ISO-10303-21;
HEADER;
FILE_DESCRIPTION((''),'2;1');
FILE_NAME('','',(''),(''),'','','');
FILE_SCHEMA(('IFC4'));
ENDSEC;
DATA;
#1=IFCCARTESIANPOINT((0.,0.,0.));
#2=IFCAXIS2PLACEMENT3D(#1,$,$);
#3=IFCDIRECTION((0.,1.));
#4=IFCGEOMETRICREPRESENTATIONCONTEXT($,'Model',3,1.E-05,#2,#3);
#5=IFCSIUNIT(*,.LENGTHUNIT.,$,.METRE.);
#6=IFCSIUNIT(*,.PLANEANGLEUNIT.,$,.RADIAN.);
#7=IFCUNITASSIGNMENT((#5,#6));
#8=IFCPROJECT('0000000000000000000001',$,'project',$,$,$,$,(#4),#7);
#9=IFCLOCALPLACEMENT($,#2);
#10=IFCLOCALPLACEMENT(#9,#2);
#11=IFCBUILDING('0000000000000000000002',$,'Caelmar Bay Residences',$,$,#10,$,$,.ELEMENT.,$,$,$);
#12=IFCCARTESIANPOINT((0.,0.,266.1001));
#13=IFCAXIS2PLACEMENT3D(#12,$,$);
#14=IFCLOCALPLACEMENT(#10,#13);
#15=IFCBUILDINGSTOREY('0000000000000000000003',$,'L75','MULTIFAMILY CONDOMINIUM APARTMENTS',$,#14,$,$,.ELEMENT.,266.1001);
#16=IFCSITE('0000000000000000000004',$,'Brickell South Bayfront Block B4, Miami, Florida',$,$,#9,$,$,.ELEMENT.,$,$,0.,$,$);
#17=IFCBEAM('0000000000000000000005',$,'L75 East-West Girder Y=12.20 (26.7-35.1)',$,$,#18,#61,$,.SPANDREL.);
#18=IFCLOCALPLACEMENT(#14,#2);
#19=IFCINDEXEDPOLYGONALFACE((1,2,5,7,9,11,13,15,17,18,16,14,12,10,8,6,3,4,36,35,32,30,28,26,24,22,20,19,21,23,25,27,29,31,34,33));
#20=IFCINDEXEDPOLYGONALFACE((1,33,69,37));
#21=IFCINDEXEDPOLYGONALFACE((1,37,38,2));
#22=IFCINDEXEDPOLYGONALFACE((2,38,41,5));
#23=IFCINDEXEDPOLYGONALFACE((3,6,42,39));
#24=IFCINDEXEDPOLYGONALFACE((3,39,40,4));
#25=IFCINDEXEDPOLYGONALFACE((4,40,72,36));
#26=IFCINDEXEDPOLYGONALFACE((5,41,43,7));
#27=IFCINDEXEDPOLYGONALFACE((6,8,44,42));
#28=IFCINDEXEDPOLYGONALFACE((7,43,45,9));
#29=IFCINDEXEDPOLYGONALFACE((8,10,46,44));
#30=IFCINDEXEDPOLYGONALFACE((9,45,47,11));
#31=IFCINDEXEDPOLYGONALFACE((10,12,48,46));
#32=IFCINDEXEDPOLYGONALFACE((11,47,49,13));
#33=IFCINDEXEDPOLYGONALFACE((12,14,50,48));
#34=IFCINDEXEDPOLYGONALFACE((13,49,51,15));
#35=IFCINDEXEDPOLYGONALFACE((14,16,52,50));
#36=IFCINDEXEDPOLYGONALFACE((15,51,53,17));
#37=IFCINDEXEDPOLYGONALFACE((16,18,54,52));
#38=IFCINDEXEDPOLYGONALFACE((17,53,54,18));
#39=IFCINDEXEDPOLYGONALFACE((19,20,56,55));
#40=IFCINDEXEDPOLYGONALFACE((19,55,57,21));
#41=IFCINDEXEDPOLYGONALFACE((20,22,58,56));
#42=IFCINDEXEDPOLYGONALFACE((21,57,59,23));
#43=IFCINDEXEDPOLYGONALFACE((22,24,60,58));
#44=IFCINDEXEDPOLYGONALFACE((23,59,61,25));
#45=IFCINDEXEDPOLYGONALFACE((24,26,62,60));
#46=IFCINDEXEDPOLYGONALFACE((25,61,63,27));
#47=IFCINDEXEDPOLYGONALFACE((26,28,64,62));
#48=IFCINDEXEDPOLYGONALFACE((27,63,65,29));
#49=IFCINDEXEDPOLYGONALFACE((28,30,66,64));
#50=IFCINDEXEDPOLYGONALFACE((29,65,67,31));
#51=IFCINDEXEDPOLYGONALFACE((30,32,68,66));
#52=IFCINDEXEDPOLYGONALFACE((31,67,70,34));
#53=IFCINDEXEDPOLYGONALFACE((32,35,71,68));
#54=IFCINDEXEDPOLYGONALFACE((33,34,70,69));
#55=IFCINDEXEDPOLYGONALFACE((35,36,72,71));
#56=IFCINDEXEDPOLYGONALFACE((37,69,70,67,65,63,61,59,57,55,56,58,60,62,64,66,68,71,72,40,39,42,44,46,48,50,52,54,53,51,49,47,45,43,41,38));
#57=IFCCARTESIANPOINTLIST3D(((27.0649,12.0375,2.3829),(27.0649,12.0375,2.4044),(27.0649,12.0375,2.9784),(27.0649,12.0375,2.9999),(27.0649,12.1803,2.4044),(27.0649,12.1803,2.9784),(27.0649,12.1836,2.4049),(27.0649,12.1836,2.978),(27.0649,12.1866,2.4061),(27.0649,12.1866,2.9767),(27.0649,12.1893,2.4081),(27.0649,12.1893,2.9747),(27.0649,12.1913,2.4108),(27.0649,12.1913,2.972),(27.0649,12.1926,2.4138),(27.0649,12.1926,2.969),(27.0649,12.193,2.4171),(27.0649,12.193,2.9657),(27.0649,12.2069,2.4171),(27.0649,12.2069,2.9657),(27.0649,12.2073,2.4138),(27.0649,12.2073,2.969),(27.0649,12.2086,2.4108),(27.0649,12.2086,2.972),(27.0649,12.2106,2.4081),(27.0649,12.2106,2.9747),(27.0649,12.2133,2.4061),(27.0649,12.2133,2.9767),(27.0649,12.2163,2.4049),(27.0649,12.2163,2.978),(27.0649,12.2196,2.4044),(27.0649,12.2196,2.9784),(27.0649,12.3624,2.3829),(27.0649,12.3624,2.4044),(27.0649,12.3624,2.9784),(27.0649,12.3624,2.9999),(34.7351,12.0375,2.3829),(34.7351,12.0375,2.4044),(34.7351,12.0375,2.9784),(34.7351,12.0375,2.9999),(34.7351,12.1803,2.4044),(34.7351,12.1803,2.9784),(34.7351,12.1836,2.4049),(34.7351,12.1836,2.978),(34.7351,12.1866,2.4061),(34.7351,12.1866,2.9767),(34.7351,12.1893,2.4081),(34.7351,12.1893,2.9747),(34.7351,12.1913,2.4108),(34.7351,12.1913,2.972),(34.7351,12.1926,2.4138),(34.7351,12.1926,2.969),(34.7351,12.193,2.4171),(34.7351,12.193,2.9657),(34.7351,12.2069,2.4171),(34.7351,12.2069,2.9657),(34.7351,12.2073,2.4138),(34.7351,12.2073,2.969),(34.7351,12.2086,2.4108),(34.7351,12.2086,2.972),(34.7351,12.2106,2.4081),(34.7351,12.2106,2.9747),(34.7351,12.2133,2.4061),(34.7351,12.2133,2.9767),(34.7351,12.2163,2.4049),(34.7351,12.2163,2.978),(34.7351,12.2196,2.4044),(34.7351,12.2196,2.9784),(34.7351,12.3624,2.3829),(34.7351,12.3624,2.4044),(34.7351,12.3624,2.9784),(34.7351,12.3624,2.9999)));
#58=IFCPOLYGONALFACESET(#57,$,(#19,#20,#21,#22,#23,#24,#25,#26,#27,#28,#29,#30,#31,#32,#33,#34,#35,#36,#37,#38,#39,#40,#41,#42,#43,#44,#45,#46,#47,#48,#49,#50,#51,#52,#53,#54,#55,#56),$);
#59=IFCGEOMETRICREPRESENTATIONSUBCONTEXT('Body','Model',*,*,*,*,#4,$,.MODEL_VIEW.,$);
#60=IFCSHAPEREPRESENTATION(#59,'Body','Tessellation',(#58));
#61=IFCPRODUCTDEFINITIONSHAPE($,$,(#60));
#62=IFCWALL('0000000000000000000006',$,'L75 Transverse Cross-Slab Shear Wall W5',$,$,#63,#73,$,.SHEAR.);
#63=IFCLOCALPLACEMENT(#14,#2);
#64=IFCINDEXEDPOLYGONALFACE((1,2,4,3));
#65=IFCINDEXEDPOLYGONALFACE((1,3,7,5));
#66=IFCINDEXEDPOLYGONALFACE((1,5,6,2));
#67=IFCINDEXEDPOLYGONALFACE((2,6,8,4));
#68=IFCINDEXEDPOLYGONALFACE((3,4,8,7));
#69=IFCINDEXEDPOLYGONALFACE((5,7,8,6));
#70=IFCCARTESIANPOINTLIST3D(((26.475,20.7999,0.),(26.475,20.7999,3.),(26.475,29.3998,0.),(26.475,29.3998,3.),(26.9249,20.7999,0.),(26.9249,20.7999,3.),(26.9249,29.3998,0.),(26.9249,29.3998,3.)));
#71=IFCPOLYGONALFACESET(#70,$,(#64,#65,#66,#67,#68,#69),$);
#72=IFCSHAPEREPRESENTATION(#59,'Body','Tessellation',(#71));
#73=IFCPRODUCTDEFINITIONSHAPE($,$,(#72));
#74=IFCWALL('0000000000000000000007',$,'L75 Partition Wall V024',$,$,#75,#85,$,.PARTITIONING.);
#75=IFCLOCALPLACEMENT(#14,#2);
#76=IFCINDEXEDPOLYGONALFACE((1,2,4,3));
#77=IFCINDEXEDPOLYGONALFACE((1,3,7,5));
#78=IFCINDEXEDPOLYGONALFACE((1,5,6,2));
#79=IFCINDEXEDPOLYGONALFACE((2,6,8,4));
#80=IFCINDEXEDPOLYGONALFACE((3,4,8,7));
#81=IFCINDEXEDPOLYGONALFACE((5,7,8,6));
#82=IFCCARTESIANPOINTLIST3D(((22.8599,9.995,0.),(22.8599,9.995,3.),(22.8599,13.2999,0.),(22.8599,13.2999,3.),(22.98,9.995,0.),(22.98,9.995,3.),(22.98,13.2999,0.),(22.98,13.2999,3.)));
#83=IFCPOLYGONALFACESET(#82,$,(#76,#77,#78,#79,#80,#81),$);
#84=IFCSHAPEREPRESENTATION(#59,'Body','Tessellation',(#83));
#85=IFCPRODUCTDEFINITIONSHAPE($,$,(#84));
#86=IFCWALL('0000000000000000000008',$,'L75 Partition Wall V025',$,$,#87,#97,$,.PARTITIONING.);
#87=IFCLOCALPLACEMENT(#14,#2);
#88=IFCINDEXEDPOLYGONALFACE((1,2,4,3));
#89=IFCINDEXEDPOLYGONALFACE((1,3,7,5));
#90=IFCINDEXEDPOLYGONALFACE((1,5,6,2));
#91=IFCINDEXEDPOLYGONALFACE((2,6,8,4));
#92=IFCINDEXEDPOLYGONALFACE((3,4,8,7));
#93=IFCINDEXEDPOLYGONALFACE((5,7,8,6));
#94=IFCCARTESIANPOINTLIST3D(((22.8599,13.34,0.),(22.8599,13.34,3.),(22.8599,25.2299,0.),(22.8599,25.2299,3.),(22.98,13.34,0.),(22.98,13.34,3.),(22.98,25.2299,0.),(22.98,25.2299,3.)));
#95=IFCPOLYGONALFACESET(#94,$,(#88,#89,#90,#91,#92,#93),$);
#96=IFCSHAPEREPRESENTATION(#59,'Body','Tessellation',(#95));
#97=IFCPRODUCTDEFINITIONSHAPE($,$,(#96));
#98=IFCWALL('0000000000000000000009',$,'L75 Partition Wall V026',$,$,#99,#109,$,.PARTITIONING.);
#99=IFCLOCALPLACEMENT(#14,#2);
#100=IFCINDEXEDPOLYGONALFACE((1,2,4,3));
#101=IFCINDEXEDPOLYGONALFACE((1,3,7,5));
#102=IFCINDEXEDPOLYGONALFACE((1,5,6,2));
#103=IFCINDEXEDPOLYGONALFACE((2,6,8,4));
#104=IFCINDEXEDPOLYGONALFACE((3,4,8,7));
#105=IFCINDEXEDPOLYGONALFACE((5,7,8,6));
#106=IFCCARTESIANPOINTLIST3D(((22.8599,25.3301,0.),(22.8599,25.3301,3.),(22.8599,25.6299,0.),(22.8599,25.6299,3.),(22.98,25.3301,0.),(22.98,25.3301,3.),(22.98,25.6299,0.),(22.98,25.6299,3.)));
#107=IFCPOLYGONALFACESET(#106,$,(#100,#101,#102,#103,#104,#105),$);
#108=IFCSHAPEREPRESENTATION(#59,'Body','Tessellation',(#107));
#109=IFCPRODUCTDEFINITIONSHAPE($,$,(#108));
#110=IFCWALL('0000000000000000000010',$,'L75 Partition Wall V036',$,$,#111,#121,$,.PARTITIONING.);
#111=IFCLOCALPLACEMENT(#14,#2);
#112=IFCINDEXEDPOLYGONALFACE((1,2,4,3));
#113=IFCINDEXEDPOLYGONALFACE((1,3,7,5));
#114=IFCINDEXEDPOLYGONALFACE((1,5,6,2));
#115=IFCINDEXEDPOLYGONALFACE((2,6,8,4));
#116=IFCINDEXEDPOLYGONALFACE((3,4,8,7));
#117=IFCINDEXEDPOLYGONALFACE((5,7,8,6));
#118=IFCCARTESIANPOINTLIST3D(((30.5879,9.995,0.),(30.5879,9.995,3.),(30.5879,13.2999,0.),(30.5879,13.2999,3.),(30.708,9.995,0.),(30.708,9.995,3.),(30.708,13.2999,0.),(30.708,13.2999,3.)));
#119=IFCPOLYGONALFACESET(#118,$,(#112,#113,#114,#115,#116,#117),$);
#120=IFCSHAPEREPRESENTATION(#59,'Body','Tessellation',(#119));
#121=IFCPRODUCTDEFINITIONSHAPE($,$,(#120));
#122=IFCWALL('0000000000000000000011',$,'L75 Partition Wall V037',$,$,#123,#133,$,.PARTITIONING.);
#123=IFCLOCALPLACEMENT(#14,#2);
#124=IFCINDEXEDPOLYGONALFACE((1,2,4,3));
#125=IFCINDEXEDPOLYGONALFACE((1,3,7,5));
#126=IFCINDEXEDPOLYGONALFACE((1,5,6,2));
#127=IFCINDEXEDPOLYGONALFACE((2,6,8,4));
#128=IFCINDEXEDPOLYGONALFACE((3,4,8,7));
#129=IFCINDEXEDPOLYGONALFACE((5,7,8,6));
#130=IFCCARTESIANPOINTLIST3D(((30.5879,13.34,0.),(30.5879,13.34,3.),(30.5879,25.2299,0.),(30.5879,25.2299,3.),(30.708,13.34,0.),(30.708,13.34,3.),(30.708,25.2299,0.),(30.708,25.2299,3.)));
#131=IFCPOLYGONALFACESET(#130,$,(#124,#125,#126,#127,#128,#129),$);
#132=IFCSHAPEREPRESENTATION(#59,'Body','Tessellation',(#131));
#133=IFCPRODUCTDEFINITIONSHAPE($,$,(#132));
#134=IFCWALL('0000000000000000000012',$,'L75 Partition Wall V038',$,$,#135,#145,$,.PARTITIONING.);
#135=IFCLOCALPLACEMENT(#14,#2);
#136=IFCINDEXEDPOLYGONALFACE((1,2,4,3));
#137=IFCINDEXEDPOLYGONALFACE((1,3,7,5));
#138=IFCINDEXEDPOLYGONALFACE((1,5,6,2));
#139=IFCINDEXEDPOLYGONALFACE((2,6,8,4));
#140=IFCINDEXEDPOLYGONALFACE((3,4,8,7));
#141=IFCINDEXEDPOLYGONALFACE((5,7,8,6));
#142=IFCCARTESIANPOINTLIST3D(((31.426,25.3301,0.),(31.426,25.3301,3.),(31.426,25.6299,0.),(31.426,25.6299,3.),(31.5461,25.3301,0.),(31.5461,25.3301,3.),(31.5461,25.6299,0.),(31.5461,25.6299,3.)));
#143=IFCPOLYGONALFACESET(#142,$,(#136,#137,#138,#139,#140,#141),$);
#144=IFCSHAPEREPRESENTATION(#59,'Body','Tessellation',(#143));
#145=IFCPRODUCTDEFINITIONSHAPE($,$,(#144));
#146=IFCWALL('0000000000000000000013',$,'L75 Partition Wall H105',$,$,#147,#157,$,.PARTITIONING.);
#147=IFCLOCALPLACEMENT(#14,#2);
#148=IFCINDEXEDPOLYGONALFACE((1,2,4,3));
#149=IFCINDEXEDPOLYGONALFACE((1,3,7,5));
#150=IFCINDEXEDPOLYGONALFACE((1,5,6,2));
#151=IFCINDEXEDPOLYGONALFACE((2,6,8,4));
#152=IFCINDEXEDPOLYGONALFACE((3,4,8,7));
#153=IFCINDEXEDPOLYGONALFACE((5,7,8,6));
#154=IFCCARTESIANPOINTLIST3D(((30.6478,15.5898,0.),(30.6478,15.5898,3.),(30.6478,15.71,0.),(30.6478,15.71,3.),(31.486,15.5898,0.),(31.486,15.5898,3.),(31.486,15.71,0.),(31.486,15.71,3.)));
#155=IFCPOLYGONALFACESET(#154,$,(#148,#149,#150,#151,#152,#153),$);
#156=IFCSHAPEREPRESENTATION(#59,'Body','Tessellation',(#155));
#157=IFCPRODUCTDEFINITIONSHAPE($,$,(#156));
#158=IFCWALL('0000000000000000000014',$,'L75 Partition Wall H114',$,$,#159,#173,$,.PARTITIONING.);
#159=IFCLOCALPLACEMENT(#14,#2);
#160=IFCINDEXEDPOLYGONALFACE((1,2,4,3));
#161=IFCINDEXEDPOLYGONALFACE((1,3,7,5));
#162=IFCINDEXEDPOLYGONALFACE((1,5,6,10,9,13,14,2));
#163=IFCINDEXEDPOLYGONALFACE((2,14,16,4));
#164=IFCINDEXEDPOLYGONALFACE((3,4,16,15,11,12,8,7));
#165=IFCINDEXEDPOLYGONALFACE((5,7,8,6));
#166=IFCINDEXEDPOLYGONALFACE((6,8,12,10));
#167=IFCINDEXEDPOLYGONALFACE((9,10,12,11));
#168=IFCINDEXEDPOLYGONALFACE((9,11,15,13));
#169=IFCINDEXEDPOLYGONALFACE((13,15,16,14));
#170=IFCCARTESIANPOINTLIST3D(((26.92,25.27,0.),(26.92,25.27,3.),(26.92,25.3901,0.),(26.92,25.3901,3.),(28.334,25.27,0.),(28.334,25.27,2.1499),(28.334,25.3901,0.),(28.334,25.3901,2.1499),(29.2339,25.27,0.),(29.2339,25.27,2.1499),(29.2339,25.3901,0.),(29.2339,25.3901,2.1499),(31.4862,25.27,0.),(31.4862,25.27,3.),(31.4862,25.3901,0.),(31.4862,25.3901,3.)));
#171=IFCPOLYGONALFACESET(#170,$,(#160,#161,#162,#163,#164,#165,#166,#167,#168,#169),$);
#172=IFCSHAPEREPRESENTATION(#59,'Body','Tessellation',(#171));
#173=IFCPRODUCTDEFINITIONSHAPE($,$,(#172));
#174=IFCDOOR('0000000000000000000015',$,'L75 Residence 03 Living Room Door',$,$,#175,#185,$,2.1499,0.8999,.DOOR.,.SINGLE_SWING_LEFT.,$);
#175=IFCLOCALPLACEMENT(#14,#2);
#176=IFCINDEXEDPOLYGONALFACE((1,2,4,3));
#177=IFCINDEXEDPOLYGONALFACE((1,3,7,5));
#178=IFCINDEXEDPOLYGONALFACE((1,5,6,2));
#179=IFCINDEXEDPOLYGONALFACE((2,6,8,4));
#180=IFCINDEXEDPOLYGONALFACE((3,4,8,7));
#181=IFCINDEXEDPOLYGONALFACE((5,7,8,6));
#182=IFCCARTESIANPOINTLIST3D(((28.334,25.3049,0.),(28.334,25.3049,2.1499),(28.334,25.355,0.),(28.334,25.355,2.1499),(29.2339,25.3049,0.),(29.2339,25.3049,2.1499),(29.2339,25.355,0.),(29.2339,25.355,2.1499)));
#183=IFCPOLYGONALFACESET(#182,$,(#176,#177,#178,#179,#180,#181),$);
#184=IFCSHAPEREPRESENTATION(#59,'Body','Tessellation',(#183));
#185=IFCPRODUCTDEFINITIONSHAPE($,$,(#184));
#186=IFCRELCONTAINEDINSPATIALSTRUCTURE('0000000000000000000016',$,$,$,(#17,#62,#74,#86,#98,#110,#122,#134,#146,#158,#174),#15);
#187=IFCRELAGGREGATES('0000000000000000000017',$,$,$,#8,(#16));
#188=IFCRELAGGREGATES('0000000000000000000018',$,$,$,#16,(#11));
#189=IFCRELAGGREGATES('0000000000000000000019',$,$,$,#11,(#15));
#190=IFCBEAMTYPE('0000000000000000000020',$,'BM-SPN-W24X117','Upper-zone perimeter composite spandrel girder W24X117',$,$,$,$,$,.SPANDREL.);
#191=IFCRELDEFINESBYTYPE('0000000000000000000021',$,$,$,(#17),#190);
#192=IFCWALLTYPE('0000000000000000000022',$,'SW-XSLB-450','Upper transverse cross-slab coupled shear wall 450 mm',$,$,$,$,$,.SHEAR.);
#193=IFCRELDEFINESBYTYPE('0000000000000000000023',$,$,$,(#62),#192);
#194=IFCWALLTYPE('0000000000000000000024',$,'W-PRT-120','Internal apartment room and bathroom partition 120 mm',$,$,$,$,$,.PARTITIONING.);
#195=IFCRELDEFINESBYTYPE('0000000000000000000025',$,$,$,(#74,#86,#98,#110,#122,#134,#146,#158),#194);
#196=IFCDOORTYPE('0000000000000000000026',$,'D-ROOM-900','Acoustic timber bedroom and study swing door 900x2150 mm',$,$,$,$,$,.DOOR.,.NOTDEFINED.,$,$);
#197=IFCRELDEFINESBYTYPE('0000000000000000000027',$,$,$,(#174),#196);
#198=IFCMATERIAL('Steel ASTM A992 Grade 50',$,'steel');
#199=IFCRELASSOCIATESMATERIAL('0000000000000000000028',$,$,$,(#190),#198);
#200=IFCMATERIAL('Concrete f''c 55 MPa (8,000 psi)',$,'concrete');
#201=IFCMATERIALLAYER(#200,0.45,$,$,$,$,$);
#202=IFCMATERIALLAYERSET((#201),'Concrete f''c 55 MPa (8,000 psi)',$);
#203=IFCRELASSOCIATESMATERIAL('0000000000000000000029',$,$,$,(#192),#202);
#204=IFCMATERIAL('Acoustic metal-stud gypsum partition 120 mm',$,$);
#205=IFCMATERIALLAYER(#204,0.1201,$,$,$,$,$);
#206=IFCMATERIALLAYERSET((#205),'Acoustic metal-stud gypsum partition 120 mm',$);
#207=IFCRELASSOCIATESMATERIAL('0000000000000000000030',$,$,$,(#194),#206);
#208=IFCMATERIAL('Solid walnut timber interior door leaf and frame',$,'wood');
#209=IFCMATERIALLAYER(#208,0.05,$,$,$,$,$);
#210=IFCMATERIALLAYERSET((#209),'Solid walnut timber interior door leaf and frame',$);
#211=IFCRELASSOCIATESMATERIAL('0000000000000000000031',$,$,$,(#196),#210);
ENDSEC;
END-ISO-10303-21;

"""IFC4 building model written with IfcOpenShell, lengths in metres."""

from ifc_helpers import new_model, si_unit, direction, frame, frame_2d, origin, origin_2d, place, context, subcontext, project, spatial, rectangle, i_section, extrude, material, layer, layer_set, material_profile, profile_set, type_object, element, fill, save


model = new_model("IFC4")

# Units and contexts
model_context = context("Model", 3, precision=1e-05, world=origin(), true_north=direction((0.0, 1.0)))
body_context = subcontext(model_context, "Body", "Model", "MODEL_VIEW")
ifc_project = project(units=[si_unit("LENGTHUNIT", "METRE"), si_unit("PLANEANGLEUNIT", "RADIAN")], contexts=[model_context])

# Site, building, storey
site_placement = place(None, origin())
site = spatial("IfcSite", under=ifc_project, at=site_placement, Name="Brickell South Bayfront Block B4, Miami, Florida", CompositionType="ELEMENT", RefElevation=0.0)
building_placement = place(site_placement, origin())
building = spatial("IfcBuilding", under=site, at=building_placement, Name="Caelmar Bay Residences", CompositionType="ELEMENT")
storey_placement = place(building_placement, frame((0.0, 0.0, 266.1001)))
storey = spatial("IfcBuildingStorey", under=building, at=storey_placement, Name="L75", Description="MULTIFAMILY CONDOMINIUM APARTMENTS", CompositionType="ELEMENT", Elevation=266.1001)

# Shared definitions
ifc_material_1 = material(Name="Concrete f'c 55 MPa (8,000 psi)", Category="concrete")

# Beam
ifc_material_2 = material(Name="Steel ASTM A992 Grade 50", Category="steel")
ifc_material_profile_1 = material_profile(ifc_material_2, i_section(OverallWidth=0.325, OverallDepth=0.6169, WebThickness=0.0139, FlangeThickness=0.0215, FilletRadius=0.0127, at=origin_2d()), Name="W24X117")
ifc_profile_set_1 = profile_set([ifc_material_profile_1], Name="Steel ASTM A992 Grade 50")
beam_type_1 = type_object("IfcBeamType", Name="BM-SPN-W24X117", Description="Upper-zone perimeter composite spandrel girder W24X117", PredefinedType="SPANDREL", material=ifc_profile_set_1)
beam_1_placement = place(storey_placement, frame((27.0649, 12.2, 2.6914), z_axis=(1.0, 0.0, 0.0), x_axis=(0.0, 1.0, 0.0)))
element("IfcBeam", 1, at=beam_1_placement, inside=storey, type_object=beam_type_1, Name="L75 East-West Girder Y=12.20 (26.7-35.1)", PredefinedType="SPANDREL", context=body_context, shape_type="SweptSolid", body=[
    extrude(i_section(OverallWidth=0.325, OverallDepth=0.6169, WebThickness=0.0139, FlangeThickness=0.0215, FilletRadius=0.0127, at=origin_2d()), origin(), (0.0, 0.0, 1.0), 7.6702),
])

# Walls
ifc_layer_1 = layer(ifc_material_1, 0.45)
ifc_layer_set_1 = layer_set([ifc_layer_1], Name="Concrete f'c 55 MPa (8,000 psi)")
wall_type_1 = type_object("IfcWallType", Name="SW-XSLB-450", Description="Upper transverse cross-slab coupled shear wall 450 mm", PredefinedType="SHEAR", material=ifc_layer_set_1)
wall_1_placement = place(storey_placement, frame((26.7, 20.8, 0.0), z_axis=(0.0, 0.0, 1.0), x_axis=(0.0, 1.0, 0.0)))
element("IfcWall", 2, at=wall_1_placement, inside=storey, type_object=wall_type_1, Name="L75 Transverse Cross-Slab Shear Wall W5", PredefinedType="SHEAR", context=body_context, shape_type="SweptSolid", body=[
    extrude(rectangle(XDim=8.5999, YDim=0.45, at=frame_2d((4.2998, 0.0))), origin(), (0.0, 0.0, 1.0), 3.0),
])
ifc_material_3 = material(Name="Acoustic metal-stud gypsum partition 120 mm")
ifc_layer_2 = layer(ifc_material_3, 0.1201)
ifc_layer_set_2 = layer_set([ifc_layer_2], Name="Acoustic metal-stud gypsum partition 120 mm")
wall_type_2 = type_object("IfcWallType", Name="W-PRT-120", Description="Internal apartment room and bathroom partition 120 mm", PredefinedType="PARTITIONING", material=ifc_layer_set_2)
wall_2_placement = place(storey_placement, frame((22.9199, 9.9951, 0.0), z_axis=(0.0, 0.0, 1.0), x_axis=(0.0, 1.0, 0.0)))
element("IfcWall", 3, at=wall_2_placement, inside=storey, type_object=wall_type_2, Name="L75 Partition Wall V024", PredefinedType="PARTITIONING", context=body_context, shape_type="SweptSolid", body=[
    extrude(rectangle(XDim=3.3049, YDim=0.1201, at=frame_2d((1.6523, 0.0))), origin(), (0.0, 0.0, 1.0), 3.0),
])
wall_3_placement = place(storey_placement, frame((22.9199, 13.3401, 0.0), z_axis=(0.0, 0.0, 1.0), x_axis=(0.0, 1.0, 0.0)))
element("IfcWall", 4, at=wall_3_placement, inside=storey, type_object=wall_type_2, Name="L75 Partition Wall V025", PredefinedType="PARTITIONING", context=body_context, shape_type="SweptSolid", body=[
    extrude(rectangle(XDim=11.8899, YDim=0.1201, at=frame_2d((5.9448, 0.0))), origin(), (0.0, 0.0, 1.0), 3.0),
])
wall_4_placement = place(storey_placement, frame((22.9199, 25.3301, 0.0), z_axis=(0.0, 0.0, 1.0), x_axis=(0.0, 1.0, 0.0)))
element("IfcWall", 5, at=wall_4_placement, inside=storey, type_object=wall_type_2, Name="L75 Partition Wall V026", PredefinedType="PARTITIONING", context=body_context, shape_type="SweptSolid", body=[
    extrude(rectangle(XDim=0.2998, YDim=0.1201, at=frame_2d((0.1499, 0.0))), origin(), (0.0, 0.0, 1.0), 3.0),
])
wall_5_placement = place(storey_placement, frame((30.6479, 9.9951, 0.0), z_axis=(0.0, 0.0, 1.0), x_axis=(0.0, 1.0, 0.0)))
element("IfcWall", 6, at=wall_5_placement, inside=storey, type_object=wall_type_2, Name="L75 Partition Wall V036", PredefinedType="PARTITIONING", context=body_context, shape_type="SweptSolid", body=[
    extrude(rectangle(XDim=3.3049, YDim=0.1201, at=frame_2d((1.6523, 0.0))), origin(), (0.0, 0.0, 1.0), 3.0),
])
wall_6_placement = place(storey_placement, frame((30.6479, 13.3401, 0.0), z_axis=(0.0, 0.0, 1.0), x_axis=(0.0, 1.0, 0.0)))
element("IfcWall", 7, at=wall_6_placement, inside=storey, type_object=wall_type_2, Name="L75 Partition Wall V037", PredefinedType="PARTITIONING", context=body_context, shape_type="SweptSolid", body=[
    extrude(rectangle(XDim=11.8899, YDim=0.1201, at=frame_2d((5.9448, 0.0))), origin(), (0.0, 0.0, 1.0), 3.0),
])
wall_7_placement = place(storey_placement, frame((31.4861, 25.3301, 0.0), z_axis=(0.0, 0.0, 1.0), x_axis=(0.0, 1.0, 0.0)))
element("IfcWall", 8, at=wall_7_placement, inside=storey, type_object=wall_type_2, Name="L75 Partition Wall V038", PredefinedType="PARTITIONING", context=body_context, shape_type="SweptSolid", body=[
    extrude(rectangle(XDim=0.2998, YDim=0.1201, at=frame_2d((0.1499, 0.0))), origin(), (0.0, 0.0, 1.0), 3.0),
])

# Shared definitions
ifc_material_4 = material(Name="Solid walnut timber interior door leaf and frame", Category="wood")
ifc_layer_3 = layer(ifc_material_4, 0.05)
ifc_layer_set_3 = layer_set([ifc_layer_3], Name="Solid walnut timber interior door leaf and frame")
door_type = type_object("IfcDoorType", Name="D-ROOM-900", Description="Acoustic timber bedroom and study swing door 900x2150 mm", OperationType="NOTDEFINED", PredefinedType="DOOR", material=ifc_layer_set_3)

# Wall
wall_8_placement = place(storey_placement, frame((30.6479, 15.6499, 0.0), z_axis=(0.0, 0.0, 1.0), x_axis=(1.0, 0.0, 0.0)))
element("IfcWall", 9, at=wall_8_placement, inside=storey, type_object=wall_type_2, Name="L75 Partition Wall H105", PredefinedType="PARTITIONING", context=body_context, shape_type="SweptSolid", body=[
    extrude(rectangle(XDim=0.8381, YDim=0.1201, at=frame_2d((0.4189, 0.0))), origin(), (0.0, 0.0, 1.0), 3.0),
])

# Wall, opening, door
wall_9_placement = place(storey_placement, frame((26.9199, 25.3301, 0.0), z_axis=(0.0, 0.0, 1.0), x_axis=(1.0, 0.0, 0.0)))
wall_9 = element("IfcWall", 10, at=wall_9_placement, inside=storey, type_object=wall_type_2, Name="L75 Partition Wall H114", PredefinedType="PARTITIONING", context=body_context, shape_type="SweptSolid", body=[
    extrude(rectangle(XDim=4.5662, YDim=0.1201, at=frame_2d((2.2832, 0.0))), origin(), (0.0, 0.0, 1.0), 3.0),
])
opening_1_placement = place(wall_9_placement, frame((1.4141, 0.0, 0.0)))
opening_1 = element("IfcOpeningElement", 11, at=opening_1_placement, cuts=wall_9, PredefinedType="OPENING", context=body_context, shape_type="SweptSolid", body=[
    extrude(rectangle(XDim=0.8999, YDim=2.1499, at=frame_2d((0.45, 1.075))), frame((0.0, 0.0701, 0.0), z_axis=(0.0, -1.0, 0.0), x_axis=(1.0, 0.0, 0.0)), (0.0, 0.0, 1.0), 0.1401),
])
door_1_placement = place(opening_1_placement, origin())
door_1 = element("IfcDoor", 12, at=door_1_placement, inside=storey, type_object=door_type, Name="L75 Residence 03 Living Room Door", OperationType="SINGLE_SWING_LEFT", OverallHeight=2.1499, OverallWidth=0.8999, PredefinedType="DOOR", context=body_context, shape_type="SweptSolid", body=[
    extrude(rectangle(XDim=0.8999, YDim=2.1499, at=frame_2d((0.45, 1.075))), frame((0.0, 0.0249, 0.0), z_axis=(0.0, -1.0, 0.0), x_axis=(1.0, 0.0, 0.0)), (0.0, 0.0, 1.0), 0.05),
])
fill(opening_1, door_1)

save(model, "model.ifc")
